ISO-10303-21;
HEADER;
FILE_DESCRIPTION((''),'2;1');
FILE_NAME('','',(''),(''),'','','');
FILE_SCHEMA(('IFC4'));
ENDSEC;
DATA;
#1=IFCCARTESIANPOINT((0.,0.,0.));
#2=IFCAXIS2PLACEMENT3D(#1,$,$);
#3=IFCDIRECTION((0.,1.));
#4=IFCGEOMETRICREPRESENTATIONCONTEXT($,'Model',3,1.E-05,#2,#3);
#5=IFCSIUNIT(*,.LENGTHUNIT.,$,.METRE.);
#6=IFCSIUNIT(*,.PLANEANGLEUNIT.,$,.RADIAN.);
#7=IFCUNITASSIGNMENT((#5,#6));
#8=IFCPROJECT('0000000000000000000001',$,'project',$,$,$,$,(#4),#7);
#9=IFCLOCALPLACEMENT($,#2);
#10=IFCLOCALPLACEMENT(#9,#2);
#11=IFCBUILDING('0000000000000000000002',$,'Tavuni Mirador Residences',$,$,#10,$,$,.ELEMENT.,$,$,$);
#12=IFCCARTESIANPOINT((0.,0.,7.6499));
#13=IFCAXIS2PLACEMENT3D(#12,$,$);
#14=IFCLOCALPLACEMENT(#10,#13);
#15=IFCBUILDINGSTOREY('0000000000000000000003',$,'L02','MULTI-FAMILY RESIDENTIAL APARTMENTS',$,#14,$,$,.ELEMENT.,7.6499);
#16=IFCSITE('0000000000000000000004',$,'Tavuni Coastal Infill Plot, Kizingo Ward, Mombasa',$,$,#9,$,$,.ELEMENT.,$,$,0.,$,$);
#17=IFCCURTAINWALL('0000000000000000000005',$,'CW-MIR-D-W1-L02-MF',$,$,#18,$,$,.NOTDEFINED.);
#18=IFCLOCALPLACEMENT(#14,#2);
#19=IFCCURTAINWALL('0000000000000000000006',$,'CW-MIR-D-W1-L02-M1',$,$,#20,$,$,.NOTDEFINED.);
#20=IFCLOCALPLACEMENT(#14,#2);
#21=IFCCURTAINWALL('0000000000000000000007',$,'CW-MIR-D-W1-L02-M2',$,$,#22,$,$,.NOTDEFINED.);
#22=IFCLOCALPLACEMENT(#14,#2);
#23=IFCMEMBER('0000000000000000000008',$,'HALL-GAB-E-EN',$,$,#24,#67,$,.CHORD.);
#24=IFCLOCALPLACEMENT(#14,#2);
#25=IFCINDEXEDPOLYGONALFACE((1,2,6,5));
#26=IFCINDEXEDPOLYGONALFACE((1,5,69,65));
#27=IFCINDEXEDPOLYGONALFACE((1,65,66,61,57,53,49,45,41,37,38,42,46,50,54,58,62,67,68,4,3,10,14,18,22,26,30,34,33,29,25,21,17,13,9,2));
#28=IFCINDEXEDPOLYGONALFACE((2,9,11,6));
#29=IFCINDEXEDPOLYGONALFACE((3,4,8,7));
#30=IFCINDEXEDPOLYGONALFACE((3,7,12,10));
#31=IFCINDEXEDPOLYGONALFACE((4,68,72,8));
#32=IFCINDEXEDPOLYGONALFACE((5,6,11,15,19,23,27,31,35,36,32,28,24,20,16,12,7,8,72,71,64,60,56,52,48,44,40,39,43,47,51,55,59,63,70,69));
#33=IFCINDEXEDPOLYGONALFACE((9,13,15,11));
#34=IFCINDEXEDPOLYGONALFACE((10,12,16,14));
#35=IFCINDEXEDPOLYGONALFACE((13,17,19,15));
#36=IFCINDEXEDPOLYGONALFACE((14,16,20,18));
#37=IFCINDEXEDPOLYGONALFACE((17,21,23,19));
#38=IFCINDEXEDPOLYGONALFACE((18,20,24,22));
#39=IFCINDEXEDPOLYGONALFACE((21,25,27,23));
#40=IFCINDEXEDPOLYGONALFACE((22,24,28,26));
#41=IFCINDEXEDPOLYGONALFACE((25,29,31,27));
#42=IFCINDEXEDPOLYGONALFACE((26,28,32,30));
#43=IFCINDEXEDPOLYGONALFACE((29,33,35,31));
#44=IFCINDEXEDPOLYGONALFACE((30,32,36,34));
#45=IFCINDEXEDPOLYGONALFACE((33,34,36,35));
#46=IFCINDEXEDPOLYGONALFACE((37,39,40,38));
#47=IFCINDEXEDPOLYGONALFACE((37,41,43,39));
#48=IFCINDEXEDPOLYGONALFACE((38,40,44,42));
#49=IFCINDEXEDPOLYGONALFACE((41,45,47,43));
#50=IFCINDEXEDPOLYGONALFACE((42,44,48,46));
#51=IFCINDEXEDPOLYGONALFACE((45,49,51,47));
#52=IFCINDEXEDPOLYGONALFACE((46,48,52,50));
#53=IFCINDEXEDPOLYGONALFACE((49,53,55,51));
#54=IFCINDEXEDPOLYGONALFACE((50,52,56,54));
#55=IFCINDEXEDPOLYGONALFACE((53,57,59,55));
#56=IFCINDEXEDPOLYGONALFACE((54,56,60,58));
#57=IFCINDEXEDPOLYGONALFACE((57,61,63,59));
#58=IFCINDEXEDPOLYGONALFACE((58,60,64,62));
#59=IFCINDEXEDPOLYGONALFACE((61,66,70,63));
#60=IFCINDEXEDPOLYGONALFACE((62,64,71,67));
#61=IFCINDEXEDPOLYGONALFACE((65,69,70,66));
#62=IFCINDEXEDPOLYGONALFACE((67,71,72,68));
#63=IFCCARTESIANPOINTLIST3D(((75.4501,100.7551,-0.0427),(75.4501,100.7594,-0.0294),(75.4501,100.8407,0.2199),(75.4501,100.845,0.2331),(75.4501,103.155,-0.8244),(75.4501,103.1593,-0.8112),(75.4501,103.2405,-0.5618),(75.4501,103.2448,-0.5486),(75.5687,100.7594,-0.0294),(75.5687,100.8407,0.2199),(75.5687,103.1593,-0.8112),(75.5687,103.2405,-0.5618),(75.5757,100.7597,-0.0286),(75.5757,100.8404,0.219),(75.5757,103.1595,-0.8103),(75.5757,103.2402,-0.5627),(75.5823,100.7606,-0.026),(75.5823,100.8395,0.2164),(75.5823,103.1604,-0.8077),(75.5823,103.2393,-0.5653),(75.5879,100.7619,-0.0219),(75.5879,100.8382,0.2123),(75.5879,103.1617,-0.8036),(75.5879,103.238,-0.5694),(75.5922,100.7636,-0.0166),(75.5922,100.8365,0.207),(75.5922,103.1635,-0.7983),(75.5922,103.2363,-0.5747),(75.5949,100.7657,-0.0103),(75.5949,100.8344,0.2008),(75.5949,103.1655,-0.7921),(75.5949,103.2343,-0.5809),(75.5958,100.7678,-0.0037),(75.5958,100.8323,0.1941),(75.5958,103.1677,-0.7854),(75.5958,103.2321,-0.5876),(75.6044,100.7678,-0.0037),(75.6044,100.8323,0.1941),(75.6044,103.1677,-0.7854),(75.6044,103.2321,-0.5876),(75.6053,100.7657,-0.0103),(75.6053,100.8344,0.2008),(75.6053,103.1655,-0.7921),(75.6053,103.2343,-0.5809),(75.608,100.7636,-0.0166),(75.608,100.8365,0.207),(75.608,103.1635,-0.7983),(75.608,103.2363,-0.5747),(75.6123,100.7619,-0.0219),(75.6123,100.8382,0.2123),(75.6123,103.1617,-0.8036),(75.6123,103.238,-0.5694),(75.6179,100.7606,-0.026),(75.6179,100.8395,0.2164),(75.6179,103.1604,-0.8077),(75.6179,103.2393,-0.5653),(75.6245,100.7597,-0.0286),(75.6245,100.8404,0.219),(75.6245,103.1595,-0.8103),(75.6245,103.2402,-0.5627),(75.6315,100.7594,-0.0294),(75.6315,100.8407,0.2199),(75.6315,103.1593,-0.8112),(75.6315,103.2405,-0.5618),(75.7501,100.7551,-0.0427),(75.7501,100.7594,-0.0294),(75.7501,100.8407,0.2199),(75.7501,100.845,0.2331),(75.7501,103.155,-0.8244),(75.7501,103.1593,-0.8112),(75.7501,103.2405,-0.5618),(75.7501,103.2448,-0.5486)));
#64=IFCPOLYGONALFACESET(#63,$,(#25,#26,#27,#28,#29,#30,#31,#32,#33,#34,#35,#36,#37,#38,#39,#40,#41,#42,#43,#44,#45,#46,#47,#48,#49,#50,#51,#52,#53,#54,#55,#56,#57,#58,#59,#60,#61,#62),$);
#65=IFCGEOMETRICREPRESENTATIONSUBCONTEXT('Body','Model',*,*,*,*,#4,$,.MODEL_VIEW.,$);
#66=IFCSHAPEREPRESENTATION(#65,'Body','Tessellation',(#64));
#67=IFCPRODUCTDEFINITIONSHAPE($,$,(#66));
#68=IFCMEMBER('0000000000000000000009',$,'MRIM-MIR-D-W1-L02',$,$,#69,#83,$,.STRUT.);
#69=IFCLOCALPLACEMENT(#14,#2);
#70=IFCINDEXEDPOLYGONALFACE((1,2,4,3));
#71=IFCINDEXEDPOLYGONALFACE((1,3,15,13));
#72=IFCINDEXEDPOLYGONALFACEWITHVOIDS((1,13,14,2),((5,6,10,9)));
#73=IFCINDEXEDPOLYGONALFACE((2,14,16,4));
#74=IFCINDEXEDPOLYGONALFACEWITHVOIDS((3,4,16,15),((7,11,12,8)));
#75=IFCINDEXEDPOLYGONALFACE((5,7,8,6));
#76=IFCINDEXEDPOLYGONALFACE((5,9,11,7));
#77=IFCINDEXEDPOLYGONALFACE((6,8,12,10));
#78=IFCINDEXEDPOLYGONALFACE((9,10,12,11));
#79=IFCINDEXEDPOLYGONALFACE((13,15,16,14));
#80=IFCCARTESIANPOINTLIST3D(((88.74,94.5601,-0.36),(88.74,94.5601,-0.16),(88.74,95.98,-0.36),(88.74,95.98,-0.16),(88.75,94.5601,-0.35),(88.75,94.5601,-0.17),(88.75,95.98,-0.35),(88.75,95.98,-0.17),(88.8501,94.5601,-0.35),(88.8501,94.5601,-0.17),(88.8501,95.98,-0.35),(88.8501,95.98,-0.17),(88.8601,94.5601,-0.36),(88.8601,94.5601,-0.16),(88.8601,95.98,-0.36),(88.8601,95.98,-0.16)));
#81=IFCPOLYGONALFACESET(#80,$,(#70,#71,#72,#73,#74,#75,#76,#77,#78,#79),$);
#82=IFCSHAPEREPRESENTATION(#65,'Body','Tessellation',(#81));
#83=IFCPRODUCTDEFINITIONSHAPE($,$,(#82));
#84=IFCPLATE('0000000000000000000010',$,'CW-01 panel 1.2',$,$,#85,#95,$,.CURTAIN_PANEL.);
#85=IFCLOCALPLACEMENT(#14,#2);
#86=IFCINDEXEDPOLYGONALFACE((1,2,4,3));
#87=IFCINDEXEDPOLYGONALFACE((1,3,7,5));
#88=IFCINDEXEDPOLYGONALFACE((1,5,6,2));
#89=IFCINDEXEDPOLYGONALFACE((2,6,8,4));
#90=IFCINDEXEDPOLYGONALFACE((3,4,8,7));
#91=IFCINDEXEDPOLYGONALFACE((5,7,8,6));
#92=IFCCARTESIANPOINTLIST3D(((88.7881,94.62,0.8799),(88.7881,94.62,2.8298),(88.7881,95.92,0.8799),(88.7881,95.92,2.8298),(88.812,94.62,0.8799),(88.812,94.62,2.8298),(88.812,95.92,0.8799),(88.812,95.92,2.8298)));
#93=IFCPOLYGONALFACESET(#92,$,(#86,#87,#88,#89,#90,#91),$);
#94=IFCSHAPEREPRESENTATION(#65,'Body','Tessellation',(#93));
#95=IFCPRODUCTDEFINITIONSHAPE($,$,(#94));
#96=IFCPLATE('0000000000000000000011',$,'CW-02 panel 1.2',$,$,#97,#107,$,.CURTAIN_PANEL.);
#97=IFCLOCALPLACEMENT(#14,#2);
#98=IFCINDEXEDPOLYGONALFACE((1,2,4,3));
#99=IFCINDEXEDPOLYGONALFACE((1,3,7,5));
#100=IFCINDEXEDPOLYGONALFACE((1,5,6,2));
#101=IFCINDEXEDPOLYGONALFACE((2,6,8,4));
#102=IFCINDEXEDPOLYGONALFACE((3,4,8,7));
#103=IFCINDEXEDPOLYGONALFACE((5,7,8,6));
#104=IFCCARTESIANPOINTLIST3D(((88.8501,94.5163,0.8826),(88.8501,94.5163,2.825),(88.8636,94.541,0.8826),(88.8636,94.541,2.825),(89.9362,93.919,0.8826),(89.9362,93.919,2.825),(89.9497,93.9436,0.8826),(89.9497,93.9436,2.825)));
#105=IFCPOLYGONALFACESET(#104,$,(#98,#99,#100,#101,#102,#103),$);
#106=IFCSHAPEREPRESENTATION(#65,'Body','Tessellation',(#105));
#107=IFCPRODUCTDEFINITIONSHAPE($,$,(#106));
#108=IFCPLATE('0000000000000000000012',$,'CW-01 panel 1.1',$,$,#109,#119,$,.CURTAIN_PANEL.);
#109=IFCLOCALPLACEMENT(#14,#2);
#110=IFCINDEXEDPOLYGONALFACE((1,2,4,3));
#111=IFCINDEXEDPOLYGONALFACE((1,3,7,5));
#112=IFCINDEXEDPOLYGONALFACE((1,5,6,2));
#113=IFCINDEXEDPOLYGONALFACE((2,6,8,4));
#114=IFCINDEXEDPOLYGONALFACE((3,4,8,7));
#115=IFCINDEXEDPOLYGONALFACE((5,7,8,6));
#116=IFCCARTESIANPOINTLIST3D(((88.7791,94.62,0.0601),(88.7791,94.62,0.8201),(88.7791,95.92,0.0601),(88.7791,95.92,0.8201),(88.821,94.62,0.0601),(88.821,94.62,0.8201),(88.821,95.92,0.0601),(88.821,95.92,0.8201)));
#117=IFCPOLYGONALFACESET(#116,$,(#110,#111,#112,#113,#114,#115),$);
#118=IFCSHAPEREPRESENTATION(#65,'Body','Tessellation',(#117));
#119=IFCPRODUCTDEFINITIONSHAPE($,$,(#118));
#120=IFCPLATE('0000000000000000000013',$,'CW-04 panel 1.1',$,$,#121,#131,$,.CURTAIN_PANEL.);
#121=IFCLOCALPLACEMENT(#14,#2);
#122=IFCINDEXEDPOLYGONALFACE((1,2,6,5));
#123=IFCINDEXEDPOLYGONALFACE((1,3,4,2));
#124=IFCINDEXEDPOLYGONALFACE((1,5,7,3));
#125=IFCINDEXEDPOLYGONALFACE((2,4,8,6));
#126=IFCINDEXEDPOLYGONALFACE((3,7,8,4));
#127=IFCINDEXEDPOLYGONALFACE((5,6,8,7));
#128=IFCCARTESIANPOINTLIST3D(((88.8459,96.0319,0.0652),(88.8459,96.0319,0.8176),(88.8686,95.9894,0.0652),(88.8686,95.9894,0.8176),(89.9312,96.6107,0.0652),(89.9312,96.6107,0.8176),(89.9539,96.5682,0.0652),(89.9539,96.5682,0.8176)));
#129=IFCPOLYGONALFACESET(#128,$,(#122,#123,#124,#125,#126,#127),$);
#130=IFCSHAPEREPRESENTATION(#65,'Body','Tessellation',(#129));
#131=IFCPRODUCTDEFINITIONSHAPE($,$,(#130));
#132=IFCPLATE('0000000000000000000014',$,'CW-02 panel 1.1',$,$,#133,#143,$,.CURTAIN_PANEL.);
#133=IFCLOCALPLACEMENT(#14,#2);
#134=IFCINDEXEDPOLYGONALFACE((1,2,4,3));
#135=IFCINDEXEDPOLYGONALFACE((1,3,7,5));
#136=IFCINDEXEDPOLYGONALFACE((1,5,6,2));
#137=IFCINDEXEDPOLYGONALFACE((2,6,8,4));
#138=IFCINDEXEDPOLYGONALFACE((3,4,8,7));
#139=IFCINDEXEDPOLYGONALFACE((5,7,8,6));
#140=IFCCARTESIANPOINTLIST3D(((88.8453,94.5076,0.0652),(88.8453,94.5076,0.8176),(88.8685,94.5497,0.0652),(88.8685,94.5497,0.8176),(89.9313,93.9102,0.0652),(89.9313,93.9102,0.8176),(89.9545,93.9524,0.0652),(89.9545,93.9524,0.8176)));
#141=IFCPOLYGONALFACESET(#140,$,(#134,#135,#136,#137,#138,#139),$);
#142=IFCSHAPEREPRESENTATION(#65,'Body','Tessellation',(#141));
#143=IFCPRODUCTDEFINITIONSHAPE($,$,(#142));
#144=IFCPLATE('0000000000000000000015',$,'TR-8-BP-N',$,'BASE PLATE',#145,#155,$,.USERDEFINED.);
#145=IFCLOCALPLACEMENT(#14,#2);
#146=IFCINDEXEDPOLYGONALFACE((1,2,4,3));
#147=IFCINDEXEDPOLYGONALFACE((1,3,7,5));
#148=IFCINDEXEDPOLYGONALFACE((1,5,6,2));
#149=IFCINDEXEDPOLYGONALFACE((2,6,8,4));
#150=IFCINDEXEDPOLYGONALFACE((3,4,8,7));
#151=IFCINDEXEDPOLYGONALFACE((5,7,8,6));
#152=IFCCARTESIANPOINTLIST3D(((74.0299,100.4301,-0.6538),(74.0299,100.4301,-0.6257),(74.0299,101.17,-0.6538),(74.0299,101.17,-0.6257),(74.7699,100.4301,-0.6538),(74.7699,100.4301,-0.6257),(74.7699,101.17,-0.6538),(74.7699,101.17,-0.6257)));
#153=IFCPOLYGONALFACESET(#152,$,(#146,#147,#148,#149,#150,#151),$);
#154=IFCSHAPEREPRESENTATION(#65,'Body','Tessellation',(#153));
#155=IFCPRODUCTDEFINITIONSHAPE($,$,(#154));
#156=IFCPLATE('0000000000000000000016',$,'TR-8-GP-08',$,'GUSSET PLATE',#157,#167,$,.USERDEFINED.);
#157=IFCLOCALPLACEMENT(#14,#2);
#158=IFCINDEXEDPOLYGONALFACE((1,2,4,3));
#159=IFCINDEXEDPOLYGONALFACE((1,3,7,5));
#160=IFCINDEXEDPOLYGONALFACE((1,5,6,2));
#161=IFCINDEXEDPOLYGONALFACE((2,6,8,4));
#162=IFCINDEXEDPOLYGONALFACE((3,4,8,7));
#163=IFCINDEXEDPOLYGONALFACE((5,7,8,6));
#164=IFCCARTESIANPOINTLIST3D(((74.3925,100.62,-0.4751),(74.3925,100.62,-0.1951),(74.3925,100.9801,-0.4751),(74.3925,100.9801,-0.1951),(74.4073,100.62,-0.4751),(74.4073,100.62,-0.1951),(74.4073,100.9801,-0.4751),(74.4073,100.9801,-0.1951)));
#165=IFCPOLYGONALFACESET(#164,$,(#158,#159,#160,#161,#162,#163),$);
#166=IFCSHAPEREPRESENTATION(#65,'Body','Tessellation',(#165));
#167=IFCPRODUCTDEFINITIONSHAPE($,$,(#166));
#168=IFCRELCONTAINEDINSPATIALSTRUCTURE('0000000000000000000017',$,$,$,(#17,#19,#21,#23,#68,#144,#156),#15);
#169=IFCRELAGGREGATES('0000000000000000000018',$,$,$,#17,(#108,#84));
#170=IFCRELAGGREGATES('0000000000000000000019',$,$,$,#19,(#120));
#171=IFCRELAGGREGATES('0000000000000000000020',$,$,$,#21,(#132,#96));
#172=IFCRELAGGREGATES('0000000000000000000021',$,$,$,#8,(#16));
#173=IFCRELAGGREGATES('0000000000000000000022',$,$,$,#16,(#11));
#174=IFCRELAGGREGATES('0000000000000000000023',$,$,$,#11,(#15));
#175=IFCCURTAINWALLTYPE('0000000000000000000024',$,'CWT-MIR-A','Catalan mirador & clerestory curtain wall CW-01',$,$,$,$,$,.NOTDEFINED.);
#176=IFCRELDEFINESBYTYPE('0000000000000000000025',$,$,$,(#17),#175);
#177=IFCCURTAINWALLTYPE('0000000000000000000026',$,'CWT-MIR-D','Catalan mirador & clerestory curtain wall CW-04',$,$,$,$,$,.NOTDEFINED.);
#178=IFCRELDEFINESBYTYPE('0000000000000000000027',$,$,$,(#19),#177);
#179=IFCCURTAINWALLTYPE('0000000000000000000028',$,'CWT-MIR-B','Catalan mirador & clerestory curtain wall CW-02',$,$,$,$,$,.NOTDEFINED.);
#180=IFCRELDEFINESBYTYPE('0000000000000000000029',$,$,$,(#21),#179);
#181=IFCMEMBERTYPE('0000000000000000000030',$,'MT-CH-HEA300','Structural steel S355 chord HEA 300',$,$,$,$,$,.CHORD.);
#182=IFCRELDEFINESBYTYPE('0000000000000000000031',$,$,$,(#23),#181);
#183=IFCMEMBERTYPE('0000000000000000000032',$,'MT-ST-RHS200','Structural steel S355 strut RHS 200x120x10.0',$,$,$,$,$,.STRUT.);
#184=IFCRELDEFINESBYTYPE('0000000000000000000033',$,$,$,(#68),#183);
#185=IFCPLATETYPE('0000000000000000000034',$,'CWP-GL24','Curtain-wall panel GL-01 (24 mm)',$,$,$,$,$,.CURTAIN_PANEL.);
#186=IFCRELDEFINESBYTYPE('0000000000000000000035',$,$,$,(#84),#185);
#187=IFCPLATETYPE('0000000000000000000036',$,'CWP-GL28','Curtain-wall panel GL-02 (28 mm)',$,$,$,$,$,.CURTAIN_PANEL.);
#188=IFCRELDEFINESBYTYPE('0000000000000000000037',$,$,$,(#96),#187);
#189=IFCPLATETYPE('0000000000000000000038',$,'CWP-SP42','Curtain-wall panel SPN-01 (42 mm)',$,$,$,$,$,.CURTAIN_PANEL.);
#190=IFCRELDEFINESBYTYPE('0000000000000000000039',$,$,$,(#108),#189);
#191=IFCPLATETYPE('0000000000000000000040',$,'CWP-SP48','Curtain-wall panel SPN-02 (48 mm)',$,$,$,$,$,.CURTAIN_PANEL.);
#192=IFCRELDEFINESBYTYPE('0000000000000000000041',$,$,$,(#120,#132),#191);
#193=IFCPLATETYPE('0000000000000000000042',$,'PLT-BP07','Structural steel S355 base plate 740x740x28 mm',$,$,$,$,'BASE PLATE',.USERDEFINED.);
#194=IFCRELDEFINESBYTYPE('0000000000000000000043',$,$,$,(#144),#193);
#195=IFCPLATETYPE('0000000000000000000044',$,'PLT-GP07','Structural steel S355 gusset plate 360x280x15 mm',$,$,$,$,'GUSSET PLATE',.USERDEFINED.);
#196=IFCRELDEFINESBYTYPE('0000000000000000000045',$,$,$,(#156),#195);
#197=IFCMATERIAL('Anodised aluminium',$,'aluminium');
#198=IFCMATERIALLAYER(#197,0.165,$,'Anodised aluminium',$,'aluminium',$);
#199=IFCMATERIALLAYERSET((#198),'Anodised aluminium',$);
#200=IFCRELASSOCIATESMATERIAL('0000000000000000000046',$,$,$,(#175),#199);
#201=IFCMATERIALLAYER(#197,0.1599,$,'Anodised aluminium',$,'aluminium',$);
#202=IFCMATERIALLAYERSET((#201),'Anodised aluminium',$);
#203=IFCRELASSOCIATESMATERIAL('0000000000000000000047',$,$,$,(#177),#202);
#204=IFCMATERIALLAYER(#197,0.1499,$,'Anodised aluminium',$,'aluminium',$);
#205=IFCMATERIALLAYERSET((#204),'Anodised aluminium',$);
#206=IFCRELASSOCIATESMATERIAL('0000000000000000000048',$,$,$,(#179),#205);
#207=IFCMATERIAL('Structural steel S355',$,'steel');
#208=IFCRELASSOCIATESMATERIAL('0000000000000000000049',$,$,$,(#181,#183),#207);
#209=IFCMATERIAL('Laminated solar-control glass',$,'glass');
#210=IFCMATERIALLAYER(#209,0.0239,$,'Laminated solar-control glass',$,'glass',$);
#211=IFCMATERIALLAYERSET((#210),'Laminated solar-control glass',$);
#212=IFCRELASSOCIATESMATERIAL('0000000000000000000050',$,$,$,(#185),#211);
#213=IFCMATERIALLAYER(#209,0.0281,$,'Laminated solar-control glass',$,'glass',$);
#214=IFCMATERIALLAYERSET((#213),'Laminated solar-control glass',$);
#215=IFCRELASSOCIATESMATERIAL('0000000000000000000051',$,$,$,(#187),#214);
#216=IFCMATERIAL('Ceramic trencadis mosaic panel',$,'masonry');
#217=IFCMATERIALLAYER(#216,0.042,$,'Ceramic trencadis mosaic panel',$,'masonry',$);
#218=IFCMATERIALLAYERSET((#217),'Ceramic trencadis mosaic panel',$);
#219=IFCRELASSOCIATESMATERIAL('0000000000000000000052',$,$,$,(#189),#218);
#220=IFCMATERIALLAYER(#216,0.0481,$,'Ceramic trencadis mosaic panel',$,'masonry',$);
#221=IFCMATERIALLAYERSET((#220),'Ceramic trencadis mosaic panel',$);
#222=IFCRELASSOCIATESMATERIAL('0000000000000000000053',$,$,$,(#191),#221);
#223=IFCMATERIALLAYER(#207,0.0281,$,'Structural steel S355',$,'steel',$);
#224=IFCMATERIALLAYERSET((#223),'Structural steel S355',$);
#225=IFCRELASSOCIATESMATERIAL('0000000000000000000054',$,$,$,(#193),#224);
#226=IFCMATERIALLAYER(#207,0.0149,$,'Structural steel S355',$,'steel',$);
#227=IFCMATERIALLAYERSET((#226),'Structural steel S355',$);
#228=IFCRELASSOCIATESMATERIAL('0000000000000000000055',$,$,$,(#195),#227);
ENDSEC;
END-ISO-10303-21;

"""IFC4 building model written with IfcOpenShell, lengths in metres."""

from ifc_helpers import new_model, si_unit, direction, frame, origin, origin_2d, place, context, subcontext, project, spatial, rectangle, hollow_rectangle, i_section, extrude, material, layer, layer_set, material_profile, profile_set, type_object, element, aggregate, save


model = new_model("IFC4")

# Units and contexts
model_context = context("Model", 3, precision=1e-05, world=origin(), true_north=direction((0.0, 1.0)))
body_context = subcontext(model_context, "Body", "Model", "MODEL_VIEW")
ifc_project = project(units=[si_unit("LENGTHUNIT", "METRE"), si_unit("PLANEANGLEUNIT", "RADIAN")], contexts=[model_context])

# Site, building, storey
site_placement = place(None, origin())
site = spatial("IfcSite", under=ifc_project, at=site_placement, Name="Tavuni Coastal Infill Plot, Kizingo Ward, Mombasa", CompositionType="ELEMENT", RefElevation=0.0)
building_placement = place(site_placement, origin())
building = spatial("IfcBuilding", under=site, at=building_placement, Name="Tavuni Mirador Residences", CompositionType="ELEMENT")
storey_placement = place(building_placement, frame((0.0, 0.0, 7.6499)))
storey = spatial("IfcBuildingStorey", under=building, at=storey_placement, Name="L02", Description="MULTI-FAMILY RESIDENTIAL APARTMENTS", CompositionType="ELEMENT", Elevation=7.6499)

# Curtain wall
ifc_material_1 = material(Name="Anodised aluminium", Category="aluminium")
ifc_layer_1 = layer(ifc_material_1, 0.165, Name="Anodised aluminium", Category="aluminium")
ifc_layer_set_1 = layer_set([ifc_layer_1], Name="Anodised aluminium")
curtain_wall_type_1 = type_object("IfcCurtainWallType", Name="CWT-MIR-A", Description="Catalan mirador & clerestory curtain wall CW-01", PredefinedType="NOTDEFINED", material=ifc_layer_set_1)
curtain_wall_1_placement = place(storey_placement, origin())
curtain_wall_1 = element("IfcCurtainWall", 1, at=curtain_wall_1_placement, inside=storey, type_object=curtain_wall_type_1, Name="CW-MIR-D-W1-L02-MF", PredefinedType="NOTDEFINED")

# Curtain walls
ifc_layer_2 = layer(ifc_material_1, 0.1599, Name="Anodised aluminium", Category="aluminium")
ifc_layer_set_2 = layer_set([ifc_layer_2], Name="Anodised aluminium")
curtain_wall_type_2 = type_object("IfcCurtainWallType", Name="CWT-MIR-D", Description="Catalan mirador & clerestory curtain wall CW-04", PredefinedType="NOTDEFINED", material=ifc_layer_set_2)
curtain_wall_2_placement = place(storey_placement, origin())
curtain_wall_2 = element("IfcCurtainWall", 2, at=curtain_wall_2_placement, inside=storey, type_object=curtain_wall_type_2, Name="CW-MIR-D-W1-L02-M1", PredefinedType="NOTDEFINED")
ifc_layer_3 = layer(ifc_material_1, 0.1499, Name="Anodised aluminium", Category="aluminium")
ifc_layer_set_3 = layer_set([ifc_layer_3], Name="Anodised aluminium")
curtain_wall_type_3 = type_object("IfcCurtainWallType", Name="CWT-MIR-B", Description="Catalan mirador & clerestory curtain wall CW-02", PredefinedType="NOTDEFINED", material=ifc_layer_set_3)
curtain_wall_3_placement = place(storey_placement, origin())
curtain_wall_3 = element("IfcCurtainWall", 3, at=curtain_wall_3_placement, inside=storey, type_object=curtain_wall_type_3, Name="CW-MIR-D-W1-L02-M2", PredefinedType="NOTDEFINED")

# Members
ifc_material_2 = material(Name="Structural steel S355", Category="steel")
ifc_material_profile_1 = material_profile(ifc_material_2, i_section(OverallWidth=0.3, OverallDepth=0.29, WebThickness=0.0085, FlangeThickness=0.0139, FilletRadius=0.0271, at=origin_2d()), Name="HEA 300", Category="steel")
ifc_profile_set_1 = profile_set([ifc_material_profile_1], Name="Structural steel S355")
member_type_1 = type_object("IfcMemberType", Name="MT-CH-HEA300", Description="Structural steel S355 chord HEA 300", PredefinedType="CHORD", material=ifc_profile_set_1)
member_1_placement = place(storey_placement, frame((75.6001, 100.8, 0.0952), z_axis=(0.0, 0.950828, -0.30972), x_axis=(-1.0, 0.0, 0.0)))
element("IfcMember", 4, at=member_1_placement, inside=storey, type_object=member_type_1, Name="HALL-GAB-E-EN", PredefinedType="CHORD", context=body_context, shape_type="SweptSolid", body=[
    extrude(i_section(OverallWidth=0.3, OverallDepth=0.29, WebThickness=0.0085, FlangeThickness=0.0139, FilletRadius=0.0271, at=origin_2d()), origin(), (0.0, 0.0, 1.0), 2.5239),
])
ifc_material_profile_2 = material_profile(ifc_material_2, hollow_rectangle(XDim=0.1201, YDim=0.2, WallThickness=0.01, at=origin_2d()), Name="RHS 200x120x10.0", Category="steel")
ifc_profile_set_2 = profile_set([ifc_material_profile_2], Name="Structural steel S355")
member_type_2 = type_object("IfcMemberType", Name="MT-ST-RHS200", Description="Structural steel S355 strut RHS 200x120x10.0", PredefinedType="STRUT", material=ifc_profile_set_2)
member_2_placement = place(storey_placement, frame((88.8, 94.5601, -0.26), z_axis=(0.0, 1.0, 0.0), x_axis=(-1.0, 0.0, 0.0)))
element("IfcMember", 5, at=member_2_placement, inside=storey, type_object=member_type_2, Name="MRIM-MIR-D-W1-L02", PredefinedType="STRUT", context=body_context, shape_type="SweptSolid", body=[
    extrude(hollow_rectangle(XDim=0.1201, YDim=0.2, WallThickness=0.01, at=origin_2d()), origin(), (0.0, 0.0, 1.0), 1.4199),
])

# Plates
ifc_material_3 = material(Name="Laminated solar-control glass", Category="glass")
ifc_layer_4 = layer(ifc_material_3, 0.0239, Name="Laminated solar-control glass", Category="glass")
ifc_layer_set_4 = layer_set([ifc_layer_4], Name="Laminated solar-control glass")
plate_type_1 = type_object("IfcPlateType", Name="CWP-GL24", Description="Curtain-wall panel GL-01 (24 mm)", PredefinedType="CURTAIN_PANEL", material=ifc_layer_set_4)
plate_1_placement = place(storey_placement, frame((88.8, 95.27, 0.8799), z_axis=(0.0, 0.0, 1.0), x_axis=(0.0, -1.0, 0.0)))
plate_1 = element("IfcPlate", 6, at=plate_1_placement, type_object=plate_type_1, Name="CW-01 panel 1.2", PredefinedType="CURTAIN_PANEL", context=body_context, shape_type="SweptSolid", body=[
    extrude(rectangle(XDim=1.3, YDim=0.0239, at=origin_2d()), origin(), (0.0, 0.0, 1.0), 1.95),
])
ifc_layer_5 = layer(ifc_material_3, 0.0281, Name="Laminated solar-control glass", Category="glass")
ifc_layer_set_5 = layer_set([ifc_layer_5], Name="Laminated solar-control glass")
plate_type_2 = type_object("IfcPlateType", Name="CWP-GL28", Description="Curtain-wall panel GL-02 (28 mm)", PredefinedType="CURTAIN_PANEL", material=ifc_layer_set_5)
plate_2_placement = place(storey_placement, frame((89.3999, 94.23, 0.8826), z_axis=(0.0, 0.0, 1.0), x_axis=(0.876216, -0.481919, 0.0)))
plate_2 = element("IfcPlate", 7, at=plate_2_placement, type_object=plate_type_2, Name="CW-02 panel 1.2", PredefinedType="CURTAIN_PANEL", context=body_context, shape_type="SweptSolid", body=[
    extrude(rectangle(XDim=1.2395, YDim=0.0281, at=origin_2d()), origin(), (0.0, 0.0, 1.0), 1.9424),
])
ifc_material_4 = material(Name="Ceramic trencadis mosaic panel", Category="masonry")
ifc_layer_6 = layer(ifc_material_4, 0.042, Name="Ceramic trencadis mosaic panel", Category="masonry")
ifc_layer_set_6 = layer_set([ifc_layer_6], Name="Ceramic trencadis mosaic panel")
plate_type_3 = type_object("IfcPlateType", Name="CWP-SP42", Description="Curtain-wall panel SPN-01 (42 mm)", PredefinedType="CURTAIN_PANEL", material=ifc_layer_set_6)
plate_3_placement = place(storey_placement, frame((88.8, 95.27, 0.0601), z_axis=(0.0, 0.0, 1.0), x_axis=(0.0, -1.0, 0.0)))
plate_3 = element("IfcPlate", 8, at=plate_3_placement, type_object=plate_type_3, Name="CW-01 panel 1.1", PredefinedType="CURTAIN_PANEL", context=body_context, shape_type="SweptSolid", body=[
    extrude(rectangle(XDim=1.3, YDim=0.042, at=origin_2d()), origin(), (0.0, 0.0, 1.0), 0.76),
])
aggregate(curtain_wall_1, [plate_3, plate_1])
ifc_layer_7 = layer(ifc_material_4, 0.0481, Name="Ceramic trencadis mosaic panel", Category="masonry")
ifc_layer_set_7 = layer_set([ifc_layer_7], Name="Ceramic trencadis mosaic panel")
plate_type_4 = type_object("IfcPlateType", Name="CWP-SP48", Description="Curtain-wall panel SPN-02 (48 mm)", PredefinedType="CURTAIN_PANEL", material=ifc_layer_set_7)
plate_4_placement = place(storey_placement, frame((89.3999, 96.3, 0.0652), z_axis=(0.0, 0.0, 1.0), x_axis=(-0.882353, -0.470588, 0.0)))
plate_4 = element("IfcPlate", 9, at=plate_4_placement, type_object=plate_type_4, Name="CW-04 panel 1.1", PredefinedType="CURTAIN_PANEL", context=body_context, shape_type="SweptSolid", body=[
    extrude(rectangle(XDim=1.23, YDim=0.0481, at=origin_2d()), origin(), (0.0, 0.0, 1.0), 0.7524),
])
aggregate(curtain_wall_2, [plate_4])
plate_5_placement = place(storey_placement, frame((89.3999, 94.23, 0.0652), z_axis=(0.0, 0.0, 1.0), x_axis=(0.876216, -0.481919, 0.0)))
plate_5 = element("IfcPlate", 10, at=plate_5_placement, type_object=plate_type_4, Name="CW-02 panel 1.1", PredefinedType="CURTAIN_PANEL", context=body_context, shape_type="SweptSolid", body=[
    extrude(rectangle(XDim=1.2395, YDim=0.0481, at=origin_2d()), origin(), (0.0, 0.0, 1.0), 0.7524),
])
aggregate(curtain_wall_3, [plate_5, plate_2])

# Plates
ifc_layer_8 = layer(ifc_material_2, 0.0281, Name="Structural steel S355", Category="steel")
ifc_layer_set_8 = layer_set([ifc_layer_8], Name="Structural steel S355")
plate_type_5 = type_object("IfcPlateType", Name="PLT-BP07", Description="Structural steel S355 base plate 740x740x28 mm", ElementType="BASE PLATE", PredefinedType="USERDEFINED", material=ifc_layer_set_8)
plate_6_placement = place(storey_placement, frame((74.3999, 100.8, -0.6538), z_axis=(0.0, 0.0, 1.0), x_axis=(1.0, 0.0, 0.0)))
element("IfcPlate", 11, at=plate_6_placement, inside=storey, type_object=plate_type_5, Name="TR-8-BP-N", ObjectType="BASE PLATE", PredefinedType="USERDEFINED", context=body_context, shape_type="SweptSolid", body=[
    extrude(rectangle(XDim=0.74, YDim=0.74, at=origin_2d()), origin(), (0.0, 0.0, 1.0), 0.0281),
])
ifc_layer_9 = layer(ifc_material_2, 0.0149, Name="Structural steel S355", Category="steel")
ifc_layer_set_9 = layer_set([ifc_layer_9], Name="Structural steel S355")
plate_type_6 = type_object("IfcPlateType", Name="PLT-GP07", Description="Structural steel S355 gusset plate 360x280x15 mm", ElementType="GUSSET PLATE", PredefinedType="USERDEFINED", material=ifc_layer_set_9)
plate_7_placement = place(storey_placement, frame((74.3999, 100.8, -0.4751), z_axis=(0.0, 0.0, 1.0), x_axis=(0.0, 1.0, 0.0)))
element("IfcPlate", 12, at=plate_7_placement, inside=storey, type_object=plate_type_6, Name="TR-8-GP-08", ObjectType="GUSSET PLATE", PredefinedType="USERDEFINED", context=body_context, shape_type="SweptSolid", body=[
    extrude(rectangle(XDim=0.3601, YDim=0.0149, at=origin_2d()), origin(), (0.0, 0.0, 1.0), 0.28),
])

save(model, "model.ifc")
